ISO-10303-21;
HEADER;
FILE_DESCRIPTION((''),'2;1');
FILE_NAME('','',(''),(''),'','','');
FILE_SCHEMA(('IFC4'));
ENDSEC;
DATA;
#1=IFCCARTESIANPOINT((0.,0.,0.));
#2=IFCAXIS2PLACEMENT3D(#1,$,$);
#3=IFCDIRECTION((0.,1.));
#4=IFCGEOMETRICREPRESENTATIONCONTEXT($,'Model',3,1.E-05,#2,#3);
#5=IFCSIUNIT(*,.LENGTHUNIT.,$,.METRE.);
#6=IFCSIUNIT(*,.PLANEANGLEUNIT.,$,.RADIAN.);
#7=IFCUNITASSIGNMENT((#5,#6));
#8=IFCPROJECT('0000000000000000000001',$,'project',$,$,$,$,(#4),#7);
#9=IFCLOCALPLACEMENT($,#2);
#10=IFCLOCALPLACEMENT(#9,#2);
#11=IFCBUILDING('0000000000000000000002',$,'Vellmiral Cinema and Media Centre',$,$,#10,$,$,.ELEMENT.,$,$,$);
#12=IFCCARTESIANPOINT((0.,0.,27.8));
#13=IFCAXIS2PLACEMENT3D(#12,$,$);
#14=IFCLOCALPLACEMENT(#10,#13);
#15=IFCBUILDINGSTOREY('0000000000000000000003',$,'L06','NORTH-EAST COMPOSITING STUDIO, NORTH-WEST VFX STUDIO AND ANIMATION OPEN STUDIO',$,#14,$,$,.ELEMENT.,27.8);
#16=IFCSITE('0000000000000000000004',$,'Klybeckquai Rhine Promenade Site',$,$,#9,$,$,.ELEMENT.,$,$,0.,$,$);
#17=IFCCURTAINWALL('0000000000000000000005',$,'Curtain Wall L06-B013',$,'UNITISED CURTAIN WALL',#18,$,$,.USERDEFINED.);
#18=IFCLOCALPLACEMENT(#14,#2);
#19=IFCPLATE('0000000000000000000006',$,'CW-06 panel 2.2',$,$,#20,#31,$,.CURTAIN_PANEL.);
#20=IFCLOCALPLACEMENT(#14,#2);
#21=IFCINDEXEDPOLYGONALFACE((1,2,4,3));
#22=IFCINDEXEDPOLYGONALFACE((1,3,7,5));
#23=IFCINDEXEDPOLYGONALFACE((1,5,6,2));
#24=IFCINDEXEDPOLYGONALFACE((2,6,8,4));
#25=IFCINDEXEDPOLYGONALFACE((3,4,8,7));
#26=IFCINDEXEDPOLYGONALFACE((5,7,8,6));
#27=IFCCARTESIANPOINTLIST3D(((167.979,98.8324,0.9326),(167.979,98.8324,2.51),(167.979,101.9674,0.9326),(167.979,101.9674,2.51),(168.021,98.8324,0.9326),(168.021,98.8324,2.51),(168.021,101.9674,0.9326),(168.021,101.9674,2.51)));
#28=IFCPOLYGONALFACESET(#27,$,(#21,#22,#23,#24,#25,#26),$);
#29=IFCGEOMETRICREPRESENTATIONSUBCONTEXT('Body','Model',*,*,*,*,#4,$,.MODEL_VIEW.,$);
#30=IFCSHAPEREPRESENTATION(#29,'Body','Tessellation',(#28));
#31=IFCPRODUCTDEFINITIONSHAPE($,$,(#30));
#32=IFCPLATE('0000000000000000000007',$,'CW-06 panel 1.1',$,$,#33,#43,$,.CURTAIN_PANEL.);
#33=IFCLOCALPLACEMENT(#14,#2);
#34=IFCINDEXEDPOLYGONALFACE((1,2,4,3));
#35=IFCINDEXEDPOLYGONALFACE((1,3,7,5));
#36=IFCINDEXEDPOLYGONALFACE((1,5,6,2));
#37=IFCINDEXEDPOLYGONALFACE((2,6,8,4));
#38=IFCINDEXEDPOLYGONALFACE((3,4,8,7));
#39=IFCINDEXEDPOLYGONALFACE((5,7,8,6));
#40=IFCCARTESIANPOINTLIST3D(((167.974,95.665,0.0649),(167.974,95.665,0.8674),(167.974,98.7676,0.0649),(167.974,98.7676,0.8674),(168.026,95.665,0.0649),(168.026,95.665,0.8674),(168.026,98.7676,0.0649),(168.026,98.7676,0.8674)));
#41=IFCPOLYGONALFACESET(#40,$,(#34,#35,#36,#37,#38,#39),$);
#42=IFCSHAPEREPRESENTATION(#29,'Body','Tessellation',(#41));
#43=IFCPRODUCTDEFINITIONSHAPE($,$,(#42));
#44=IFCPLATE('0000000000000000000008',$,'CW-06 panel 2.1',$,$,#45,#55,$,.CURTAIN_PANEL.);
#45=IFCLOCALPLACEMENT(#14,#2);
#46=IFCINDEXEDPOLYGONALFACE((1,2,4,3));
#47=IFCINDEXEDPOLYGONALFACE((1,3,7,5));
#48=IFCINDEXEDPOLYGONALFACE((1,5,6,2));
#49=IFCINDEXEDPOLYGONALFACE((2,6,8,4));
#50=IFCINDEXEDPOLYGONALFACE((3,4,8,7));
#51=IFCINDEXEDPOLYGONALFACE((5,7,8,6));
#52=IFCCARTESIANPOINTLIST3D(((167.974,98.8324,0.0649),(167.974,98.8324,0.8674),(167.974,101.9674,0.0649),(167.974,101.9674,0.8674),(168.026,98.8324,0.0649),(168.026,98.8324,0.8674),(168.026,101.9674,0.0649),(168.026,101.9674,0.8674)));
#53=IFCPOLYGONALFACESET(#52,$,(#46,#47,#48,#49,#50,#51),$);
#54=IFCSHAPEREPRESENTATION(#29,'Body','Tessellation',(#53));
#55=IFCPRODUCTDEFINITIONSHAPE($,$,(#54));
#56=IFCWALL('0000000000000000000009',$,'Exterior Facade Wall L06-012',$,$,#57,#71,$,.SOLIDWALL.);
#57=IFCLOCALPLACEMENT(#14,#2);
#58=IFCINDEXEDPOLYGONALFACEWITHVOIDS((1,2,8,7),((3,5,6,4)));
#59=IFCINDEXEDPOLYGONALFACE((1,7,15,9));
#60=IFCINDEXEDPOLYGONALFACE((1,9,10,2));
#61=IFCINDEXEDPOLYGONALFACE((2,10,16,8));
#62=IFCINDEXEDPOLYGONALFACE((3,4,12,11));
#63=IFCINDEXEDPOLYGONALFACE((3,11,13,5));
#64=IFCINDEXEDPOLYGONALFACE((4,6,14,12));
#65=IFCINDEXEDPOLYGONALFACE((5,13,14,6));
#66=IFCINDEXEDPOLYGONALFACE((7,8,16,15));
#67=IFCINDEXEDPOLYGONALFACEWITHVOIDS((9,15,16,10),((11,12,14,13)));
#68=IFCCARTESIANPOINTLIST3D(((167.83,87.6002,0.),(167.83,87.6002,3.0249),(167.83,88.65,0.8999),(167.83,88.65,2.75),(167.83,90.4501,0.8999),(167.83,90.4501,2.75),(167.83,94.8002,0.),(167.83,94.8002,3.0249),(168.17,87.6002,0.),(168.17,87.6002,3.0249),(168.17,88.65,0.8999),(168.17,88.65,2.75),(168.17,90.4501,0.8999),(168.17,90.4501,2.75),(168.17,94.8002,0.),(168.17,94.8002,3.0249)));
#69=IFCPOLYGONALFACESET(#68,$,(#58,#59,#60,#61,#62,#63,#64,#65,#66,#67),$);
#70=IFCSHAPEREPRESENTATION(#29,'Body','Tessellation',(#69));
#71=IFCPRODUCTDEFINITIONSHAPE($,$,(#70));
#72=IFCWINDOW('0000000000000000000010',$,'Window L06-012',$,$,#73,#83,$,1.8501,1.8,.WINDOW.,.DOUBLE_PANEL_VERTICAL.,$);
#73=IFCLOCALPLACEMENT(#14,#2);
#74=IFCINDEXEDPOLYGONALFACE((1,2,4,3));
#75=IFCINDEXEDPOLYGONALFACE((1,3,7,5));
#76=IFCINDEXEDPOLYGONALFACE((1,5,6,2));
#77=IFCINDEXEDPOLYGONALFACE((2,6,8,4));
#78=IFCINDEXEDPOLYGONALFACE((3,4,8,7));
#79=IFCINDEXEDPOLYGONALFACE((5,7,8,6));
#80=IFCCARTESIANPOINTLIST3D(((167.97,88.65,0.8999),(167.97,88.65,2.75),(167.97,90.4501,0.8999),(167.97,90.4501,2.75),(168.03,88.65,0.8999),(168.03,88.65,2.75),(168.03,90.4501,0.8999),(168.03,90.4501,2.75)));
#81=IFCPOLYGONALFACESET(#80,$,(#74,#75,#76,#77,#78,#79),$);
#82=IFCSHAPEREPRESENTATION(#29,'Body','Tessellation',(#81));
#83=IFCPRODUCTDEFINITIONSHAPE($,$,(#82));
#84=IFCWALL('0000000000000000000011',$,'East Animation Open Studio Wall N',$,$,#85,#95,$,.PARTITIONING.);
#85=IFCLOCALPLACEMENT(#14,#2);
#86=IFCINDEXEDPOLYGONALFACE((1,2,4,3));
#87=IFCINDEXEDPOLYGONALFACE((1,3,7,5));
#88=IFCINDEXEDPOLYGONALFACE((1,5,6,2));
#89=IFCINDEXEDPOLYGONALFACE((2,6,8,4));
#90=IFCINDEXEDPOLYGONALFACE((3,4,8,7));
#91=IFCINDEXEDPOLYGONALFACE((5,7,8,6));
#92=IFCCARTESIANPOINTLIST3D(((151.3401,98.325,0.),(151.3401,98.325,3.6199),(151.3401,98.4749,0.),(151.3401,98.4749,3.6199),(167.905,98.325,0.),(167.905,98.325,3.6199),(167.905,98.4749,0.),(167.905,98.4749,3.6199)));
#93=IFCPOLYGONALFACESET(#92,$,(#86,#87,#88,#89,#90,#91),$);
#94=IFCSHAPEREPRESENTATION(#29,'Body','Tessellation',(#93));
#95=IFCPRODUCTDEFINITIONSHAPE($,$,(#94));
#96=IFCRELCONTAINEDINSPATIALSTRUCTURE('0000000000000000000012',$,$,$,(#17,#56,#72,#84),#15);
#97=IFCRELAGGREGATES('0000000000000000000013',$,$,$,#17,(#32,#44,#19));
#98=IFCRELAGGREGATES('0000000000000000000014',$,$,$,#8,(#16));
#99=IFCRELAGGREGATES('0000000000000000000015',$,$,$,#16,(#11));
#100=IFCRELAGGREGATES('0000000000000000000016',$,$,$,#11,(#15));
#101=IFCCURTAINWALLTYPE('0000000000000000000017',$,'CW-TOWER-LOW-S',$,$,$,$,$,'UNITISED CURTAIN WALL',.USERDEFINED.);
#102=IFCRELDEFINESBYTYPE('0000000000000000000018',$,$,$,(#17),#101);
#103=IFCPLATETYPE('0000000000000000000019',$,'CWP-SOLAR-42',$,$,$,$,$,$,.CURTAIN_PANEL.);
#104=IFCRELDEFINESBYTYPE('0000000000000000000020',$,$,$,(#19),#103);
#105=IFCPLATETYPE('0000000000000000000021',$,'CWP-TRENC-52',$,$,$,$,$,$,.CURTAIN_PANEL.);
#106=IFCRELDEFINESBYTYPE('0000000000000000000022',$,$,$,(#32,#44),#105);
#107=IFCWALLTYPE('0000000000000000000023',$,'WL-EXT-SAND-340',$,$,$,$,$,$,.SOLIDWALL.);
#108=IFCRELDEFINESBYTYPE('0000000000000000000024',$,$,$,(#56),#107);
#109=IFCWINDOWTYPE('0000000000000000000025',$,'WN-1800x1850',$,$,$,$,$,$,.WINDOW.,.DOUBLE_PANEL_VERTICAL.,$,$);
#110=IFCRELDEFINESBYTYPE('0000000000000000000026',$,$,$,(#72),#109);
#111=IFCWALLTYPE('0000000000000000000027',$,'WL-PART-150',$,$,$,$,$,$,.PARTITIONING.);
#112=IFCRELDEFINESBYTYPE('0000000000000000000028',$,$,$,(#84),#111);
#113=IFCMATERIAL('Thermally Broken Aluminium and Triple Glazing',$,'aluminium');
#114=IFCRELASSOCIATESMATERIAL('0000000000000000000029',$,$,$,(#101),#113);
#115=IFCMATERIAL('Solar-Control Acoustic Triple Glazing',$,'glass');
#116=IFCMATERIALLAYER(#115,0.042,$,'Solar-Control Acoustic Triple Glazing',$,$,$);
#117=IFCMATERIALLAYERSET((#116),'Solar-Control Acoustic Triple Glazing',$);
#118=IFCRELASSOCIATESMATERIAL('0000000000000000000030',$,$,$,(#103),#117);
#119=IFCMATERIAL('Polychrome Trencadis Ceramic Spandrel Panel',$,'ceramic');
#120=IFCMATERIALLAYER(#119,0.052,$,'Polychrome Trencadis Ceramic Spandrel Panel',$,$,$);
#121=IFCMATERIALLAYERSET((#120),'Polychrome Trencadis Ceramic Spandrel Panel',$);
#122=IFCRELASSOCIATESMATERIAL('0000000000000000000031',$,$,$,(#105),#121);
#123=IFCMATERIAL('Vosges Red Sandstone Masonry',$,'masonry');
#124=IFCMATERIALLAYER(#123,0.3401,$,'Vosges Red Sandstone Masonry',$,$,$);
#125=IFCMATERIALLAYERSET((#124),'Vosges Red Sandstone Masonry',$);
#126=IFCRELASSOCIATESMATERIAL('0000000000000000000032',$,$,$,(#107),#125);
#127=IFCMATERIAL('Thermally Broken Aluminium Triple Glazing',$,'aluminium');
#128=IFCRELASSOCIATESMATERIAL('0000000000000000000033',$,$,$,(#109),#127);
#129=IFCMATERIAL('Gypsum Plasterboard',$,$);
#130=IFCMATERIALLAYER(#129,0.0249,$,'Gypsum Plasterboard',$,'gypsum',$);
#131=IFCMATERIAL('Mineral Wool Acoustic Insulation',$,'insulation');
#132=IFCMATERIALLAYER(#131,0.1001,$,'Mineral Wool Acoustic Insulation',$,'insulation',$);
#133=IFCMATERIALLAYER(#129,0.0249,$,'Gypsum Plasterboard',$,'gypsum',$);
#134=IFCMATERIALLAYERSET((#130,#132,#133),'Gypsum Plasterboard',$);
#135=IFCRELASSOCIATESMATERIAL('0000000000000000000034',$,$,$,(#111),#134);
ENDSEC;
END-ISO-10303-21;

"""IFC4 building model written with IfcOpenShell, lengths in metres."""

from ifc_helpers import new_model, si_unit, direction, frame, frame_2d, origin, origin_2d, place, context, subcontext, project, spatial, rectangle, extrude, material, layer, layer_set, type_object, element, fill, aggregate, save


model = new_model("IFC4")

# Units and contexts
model_context = context("Model", 3, precision=1e-05, world=origin(), true_north=direction((0.0, 1.0)))
body_context = subcontext(model_context, "Body", "Model", "MODEL_VIEW")
ifc_project = project(units=[si_unit("LENGTHUNIT", "METRE"), si_unit("PLANEANGLEUNIT", "RADIAN")], contexts=[model_context])

# Site, building, storey
site_placement = place(None, origin())
site = spatial("IfcSite", under=ifc_project, at=site_placement, Name="Klybeckquai Rhine Promenade Site", CompositionType="ELEMENT", RefElevation=0.0)
building_placement = place(site_placement, origin())
building = spatial("IfcBuilding", under=site, at=building_placement, Name="Vellmiral Cinema and Media Centre", CompositionType="ELEMENT")
storey_placement = place(building_placement, frame((0.0, 0.0, 27.8)))
storey = spatial("IfcBuildingStorey", under=building, at=storey_placement, Name="L06", Description="NORTH-EAST COMPOSITING STUDIO, NORTH-WEST VFX STUDIO AND ANIMATION OPEN STUDIO", CompositionType="ELEMENT", Elevation=27.8)

# Curtain wall
ifc_material_1 = material(Name="Thermally Broken Aluminium and Triple Glazing", Category="aluminium")
curtain_wall_type = type_object("IfcCurtainWallType", Name="CW-TOWER-LOW-S", ElementType="UNITISED CURTAIN WALL", PredefinedType="USERDEFINED", material=ifc_material_1)
curtain_wall_placement = place(storey_placement, origin())
curtain_wall = element("IfcCurtainWall", 1, at=curtain_wall_placement, inside=storey, type_object=curtain_wall_type, Name="Curtain Wall L06-B013", ObjectType="UNITISED CURTAIN WALL", PredefinedType="USERDEFINED")

# Plates
ifc_material_2 = material(Name="Solar-Control Acoustic Triple Glazing", Category="glass")
ifc_layer_1 = layer(ifc_material_2, 0.042, Name="Solar-Control Acoustic Triple Glazing")
ifc_layer_set_1 = layer_set([ifc_layer_1], Name="Solar-Control Acoustic Triple Glazing")
plate_type_1 = type_object("IfcPlateType", Name="CWP-SOLAR-42", PredefinedType="CURTAIN_PANEL", material=ifc_layer_set_1)
plate_1_placement = place(storey_placement, frame((168.0, 100.3999, 0.9326), z_axis=(0.0, 0.0, 1.0), x_axis=(0.0, 1.0, 0.0)))
plate_1 = element("IfcPlate", 2, at=plate_1_placement, type_object=plate_type_1, Name="CW-06 panel 2.2", PredefinedType="CURTAIN_PANEL", context=body_context, shape_type="SweptSolid", body=[
    extrude(rectangle(XDim=3.135, YDim=0.042, at=origin_2d()), origin(), (0.0, 0.0, 1.0), 1.5774),
])
ifc_material_3 = material(Name="Polychrome Trencadis Ceramic Spandrel Panel", Category="ceramic")
ifc_layer_2 = layer(ifc_material_3, 0.052, Name="Polychrome Trencadis Ceramic Spandrel Panel")
ifc_layer_set_2 = layer_set([ifc_layer_2], Name="Polychrome Trencadis Ceramic Spandrel Panel")
plate_type_2 = type_object("IfcPlateType", Name="CWP-TRENC-52", PredefinedType="CURTAIN_PANEL", material=ifc_layer_set_2)
plate_2_placement = place(storey_placement, frame((168.0, 97.2163, 0.0649), z_axis=(0.0, 0.0, 1.0), x_axis=(0.0, 1.0, 0.0)))
plate_2 = element("IfcPlate", 3, at=plate_2_placement, type_object=plate_type_2, Name="CW-06 panel 1.1", PredefinedType="CURTAIN_PANEL", context=body_context, shape_type="SweptSolid", body=[
    extrude(rectangle(XDim=3.1025, YDim=0.052, at=origin_2d()), origin(), (0.0, 0.0, 1.0), 0.8025),
])
plate_3_placement = place(storey_placement, frame((168.0, 100.3999, 0.0649), z_axis=(0.0, 0.0, 1.0), x_axis=(0.0, 1.0, 0.0)))
plate_3 = element("IfcPlate", 4, at=plate_3_placement, type_object=plate_type_2, Name="CW-06 panel 2.1", PredefinedType="CURTAIN_PANEL", context=body_context, shape_type="SweptSolid", body=[
    extrude(rectangle(XDim=3.135, YDim=0.052, at=origin_2d()), origin(), (0.0, 0.0, 1.0), 0.8025),
])
aggregate(curtain_wall, [plate_2, plate_3, plate_1])

# Wall, opening, window
ifc_material_4 = material(Name="Vosges Red Sandstone Masonry", Category="masonry")
ifc_layer_3 = layer(ifc_material_4, 0.3401, Name="Vosges Red Sandstone Masonry")
ifc_layer_set_3 = layer_set([ifc_layer_3], Name="Vosges Red Sandstone Masonry")
wall_type_1 = type_object("IfcWallType", Name="WL-EXT-SAND-340", PredefinedType="SOLIDWALL", material=ifc_layer_set_3)
wall_1_placement = place(storey_placement, frame((168.0, 87.6001, 0.0), z_axis=(0.0, 0.0, 1.0), x_axis=(0.0, 1.0, 0.0)))
wall_1 = element("IfcWall", 5, at=wall_1_placement, inside=storey, type_object=wall_type_1, Name="Exterior Facade Wall L06-012", PredefinedType="SOLIDWALL", context=body_context, shape_type="SweptSolid", body=[
    extrude(rectangle(XDim=7.2, YDim=0.3401, at=frame_2d((3.6001, 0.0))), origin(), (0.0, 0.0, 1.0), 3.0249),
])
opening_placement = place(wall_1_placement, frame((1.05, 0.0, 0.8999)))
opening = element("IfcOpeningElement", 6, at=opening_placement, cuts=wall_1, PredefinedType="OPENING", context=body_context, shape_type="SweptSolid", body=[
    extrude(rectangle(XDim=1.8, YDim=1.8501, at=frame_2d((0.8999, 0.925))), frame((0.0, 0.1821, 0.0), z_axis=(0.0, -1.0, 0.0), x_axis=(1.0, 0.0, 0.0)), (0.0, 0.0, 1.0), 0.364),
])
ifc_material_5 = material(Name="Thermally Broken Aluminium Triple Glazing", Category="aluminium")
window_type = type_object("IfcWindowType", Name="WN-1800x1850", PartitioningType="DOUBLE_PANEL_VERTICAL", PredefinedType="WINDOW", material=ifc_material_5)
window_placement = place(opening_placement, origin())
window = element("IfcWindow", 7, at=window_placement, inside=storey, type_object=window_type, Name="Window L06-012", OverallHeight=1.8501, OverallWidth=1.8, PartitioningType="DOUBLE_PANEL_VERTICAL", PredefinedType="WINDOW", context=body_context, shape_type="SweptSolid", body=[
    extrude(rectangle(XDim=1.8, YDim=1.8501, at=frame_2d((0.8999, 0.925))), frame((0.0, 0.03, 0.0), z_axis=(0.0, -1.0, 0.0), x_axis=(1.0, 0.0, 0.0)), (0.0, 0.0, 1.0), 0.0601),
])
fill(opening, window)

# Wall
ifc_material_6 = material(Name="Gypsum Plasterboard")
ifc_layer_4 = layer(ifc_material_6, 0.0249, Name="Gypsum Plasterboard", Category="gypsum")
ifc_material_7 = material(Name="Mineral Wool Acoustic Insulation", Category="insulation")
ifc_layer_5 = layer(ifc_material_7, 0.1001, Name="Mineral Wool Acoustic Insulation", Category="insulation")
ifc_layer_6 = layer(ifc_material_6, 0.0249, Name="Gypsum Plasterboard", Category="gypsum")
ifc_layer_set_4 = layer_set([ifc_layer_4, ifc_layer_5, ifc_layer_6], Name="Gypsum Plasterboard")
wall_type_2 = type_object("IfcWallType", Name="WL-PART-150", PredefinedType="PARTITIONING", material=ifc_layer_set_4)
wall_2_placement = place(storey_placement, frame((151.3401, 98.3999, 0.0), z_axis=(0.0, 0.0, 1.0), x_axis=(1.0, 0.0, 0.0)))
element("IfcWall", 8, at=wall_2_placement, inside=storey, type_object=wall_type_2, Name="East Animation Open Studio Wall N", PredefinedType="PARTITIONING", context=body_context, shape_type="SweptSolid", body=[
    extrude(rectangle(XDim=16.5649, YDim=0.1499, at=frame_2d((8.2825, 0.0))), origin(), (0.0, 0.0, 1.0), 3.6199),
])

save(model, "model.ifc")
